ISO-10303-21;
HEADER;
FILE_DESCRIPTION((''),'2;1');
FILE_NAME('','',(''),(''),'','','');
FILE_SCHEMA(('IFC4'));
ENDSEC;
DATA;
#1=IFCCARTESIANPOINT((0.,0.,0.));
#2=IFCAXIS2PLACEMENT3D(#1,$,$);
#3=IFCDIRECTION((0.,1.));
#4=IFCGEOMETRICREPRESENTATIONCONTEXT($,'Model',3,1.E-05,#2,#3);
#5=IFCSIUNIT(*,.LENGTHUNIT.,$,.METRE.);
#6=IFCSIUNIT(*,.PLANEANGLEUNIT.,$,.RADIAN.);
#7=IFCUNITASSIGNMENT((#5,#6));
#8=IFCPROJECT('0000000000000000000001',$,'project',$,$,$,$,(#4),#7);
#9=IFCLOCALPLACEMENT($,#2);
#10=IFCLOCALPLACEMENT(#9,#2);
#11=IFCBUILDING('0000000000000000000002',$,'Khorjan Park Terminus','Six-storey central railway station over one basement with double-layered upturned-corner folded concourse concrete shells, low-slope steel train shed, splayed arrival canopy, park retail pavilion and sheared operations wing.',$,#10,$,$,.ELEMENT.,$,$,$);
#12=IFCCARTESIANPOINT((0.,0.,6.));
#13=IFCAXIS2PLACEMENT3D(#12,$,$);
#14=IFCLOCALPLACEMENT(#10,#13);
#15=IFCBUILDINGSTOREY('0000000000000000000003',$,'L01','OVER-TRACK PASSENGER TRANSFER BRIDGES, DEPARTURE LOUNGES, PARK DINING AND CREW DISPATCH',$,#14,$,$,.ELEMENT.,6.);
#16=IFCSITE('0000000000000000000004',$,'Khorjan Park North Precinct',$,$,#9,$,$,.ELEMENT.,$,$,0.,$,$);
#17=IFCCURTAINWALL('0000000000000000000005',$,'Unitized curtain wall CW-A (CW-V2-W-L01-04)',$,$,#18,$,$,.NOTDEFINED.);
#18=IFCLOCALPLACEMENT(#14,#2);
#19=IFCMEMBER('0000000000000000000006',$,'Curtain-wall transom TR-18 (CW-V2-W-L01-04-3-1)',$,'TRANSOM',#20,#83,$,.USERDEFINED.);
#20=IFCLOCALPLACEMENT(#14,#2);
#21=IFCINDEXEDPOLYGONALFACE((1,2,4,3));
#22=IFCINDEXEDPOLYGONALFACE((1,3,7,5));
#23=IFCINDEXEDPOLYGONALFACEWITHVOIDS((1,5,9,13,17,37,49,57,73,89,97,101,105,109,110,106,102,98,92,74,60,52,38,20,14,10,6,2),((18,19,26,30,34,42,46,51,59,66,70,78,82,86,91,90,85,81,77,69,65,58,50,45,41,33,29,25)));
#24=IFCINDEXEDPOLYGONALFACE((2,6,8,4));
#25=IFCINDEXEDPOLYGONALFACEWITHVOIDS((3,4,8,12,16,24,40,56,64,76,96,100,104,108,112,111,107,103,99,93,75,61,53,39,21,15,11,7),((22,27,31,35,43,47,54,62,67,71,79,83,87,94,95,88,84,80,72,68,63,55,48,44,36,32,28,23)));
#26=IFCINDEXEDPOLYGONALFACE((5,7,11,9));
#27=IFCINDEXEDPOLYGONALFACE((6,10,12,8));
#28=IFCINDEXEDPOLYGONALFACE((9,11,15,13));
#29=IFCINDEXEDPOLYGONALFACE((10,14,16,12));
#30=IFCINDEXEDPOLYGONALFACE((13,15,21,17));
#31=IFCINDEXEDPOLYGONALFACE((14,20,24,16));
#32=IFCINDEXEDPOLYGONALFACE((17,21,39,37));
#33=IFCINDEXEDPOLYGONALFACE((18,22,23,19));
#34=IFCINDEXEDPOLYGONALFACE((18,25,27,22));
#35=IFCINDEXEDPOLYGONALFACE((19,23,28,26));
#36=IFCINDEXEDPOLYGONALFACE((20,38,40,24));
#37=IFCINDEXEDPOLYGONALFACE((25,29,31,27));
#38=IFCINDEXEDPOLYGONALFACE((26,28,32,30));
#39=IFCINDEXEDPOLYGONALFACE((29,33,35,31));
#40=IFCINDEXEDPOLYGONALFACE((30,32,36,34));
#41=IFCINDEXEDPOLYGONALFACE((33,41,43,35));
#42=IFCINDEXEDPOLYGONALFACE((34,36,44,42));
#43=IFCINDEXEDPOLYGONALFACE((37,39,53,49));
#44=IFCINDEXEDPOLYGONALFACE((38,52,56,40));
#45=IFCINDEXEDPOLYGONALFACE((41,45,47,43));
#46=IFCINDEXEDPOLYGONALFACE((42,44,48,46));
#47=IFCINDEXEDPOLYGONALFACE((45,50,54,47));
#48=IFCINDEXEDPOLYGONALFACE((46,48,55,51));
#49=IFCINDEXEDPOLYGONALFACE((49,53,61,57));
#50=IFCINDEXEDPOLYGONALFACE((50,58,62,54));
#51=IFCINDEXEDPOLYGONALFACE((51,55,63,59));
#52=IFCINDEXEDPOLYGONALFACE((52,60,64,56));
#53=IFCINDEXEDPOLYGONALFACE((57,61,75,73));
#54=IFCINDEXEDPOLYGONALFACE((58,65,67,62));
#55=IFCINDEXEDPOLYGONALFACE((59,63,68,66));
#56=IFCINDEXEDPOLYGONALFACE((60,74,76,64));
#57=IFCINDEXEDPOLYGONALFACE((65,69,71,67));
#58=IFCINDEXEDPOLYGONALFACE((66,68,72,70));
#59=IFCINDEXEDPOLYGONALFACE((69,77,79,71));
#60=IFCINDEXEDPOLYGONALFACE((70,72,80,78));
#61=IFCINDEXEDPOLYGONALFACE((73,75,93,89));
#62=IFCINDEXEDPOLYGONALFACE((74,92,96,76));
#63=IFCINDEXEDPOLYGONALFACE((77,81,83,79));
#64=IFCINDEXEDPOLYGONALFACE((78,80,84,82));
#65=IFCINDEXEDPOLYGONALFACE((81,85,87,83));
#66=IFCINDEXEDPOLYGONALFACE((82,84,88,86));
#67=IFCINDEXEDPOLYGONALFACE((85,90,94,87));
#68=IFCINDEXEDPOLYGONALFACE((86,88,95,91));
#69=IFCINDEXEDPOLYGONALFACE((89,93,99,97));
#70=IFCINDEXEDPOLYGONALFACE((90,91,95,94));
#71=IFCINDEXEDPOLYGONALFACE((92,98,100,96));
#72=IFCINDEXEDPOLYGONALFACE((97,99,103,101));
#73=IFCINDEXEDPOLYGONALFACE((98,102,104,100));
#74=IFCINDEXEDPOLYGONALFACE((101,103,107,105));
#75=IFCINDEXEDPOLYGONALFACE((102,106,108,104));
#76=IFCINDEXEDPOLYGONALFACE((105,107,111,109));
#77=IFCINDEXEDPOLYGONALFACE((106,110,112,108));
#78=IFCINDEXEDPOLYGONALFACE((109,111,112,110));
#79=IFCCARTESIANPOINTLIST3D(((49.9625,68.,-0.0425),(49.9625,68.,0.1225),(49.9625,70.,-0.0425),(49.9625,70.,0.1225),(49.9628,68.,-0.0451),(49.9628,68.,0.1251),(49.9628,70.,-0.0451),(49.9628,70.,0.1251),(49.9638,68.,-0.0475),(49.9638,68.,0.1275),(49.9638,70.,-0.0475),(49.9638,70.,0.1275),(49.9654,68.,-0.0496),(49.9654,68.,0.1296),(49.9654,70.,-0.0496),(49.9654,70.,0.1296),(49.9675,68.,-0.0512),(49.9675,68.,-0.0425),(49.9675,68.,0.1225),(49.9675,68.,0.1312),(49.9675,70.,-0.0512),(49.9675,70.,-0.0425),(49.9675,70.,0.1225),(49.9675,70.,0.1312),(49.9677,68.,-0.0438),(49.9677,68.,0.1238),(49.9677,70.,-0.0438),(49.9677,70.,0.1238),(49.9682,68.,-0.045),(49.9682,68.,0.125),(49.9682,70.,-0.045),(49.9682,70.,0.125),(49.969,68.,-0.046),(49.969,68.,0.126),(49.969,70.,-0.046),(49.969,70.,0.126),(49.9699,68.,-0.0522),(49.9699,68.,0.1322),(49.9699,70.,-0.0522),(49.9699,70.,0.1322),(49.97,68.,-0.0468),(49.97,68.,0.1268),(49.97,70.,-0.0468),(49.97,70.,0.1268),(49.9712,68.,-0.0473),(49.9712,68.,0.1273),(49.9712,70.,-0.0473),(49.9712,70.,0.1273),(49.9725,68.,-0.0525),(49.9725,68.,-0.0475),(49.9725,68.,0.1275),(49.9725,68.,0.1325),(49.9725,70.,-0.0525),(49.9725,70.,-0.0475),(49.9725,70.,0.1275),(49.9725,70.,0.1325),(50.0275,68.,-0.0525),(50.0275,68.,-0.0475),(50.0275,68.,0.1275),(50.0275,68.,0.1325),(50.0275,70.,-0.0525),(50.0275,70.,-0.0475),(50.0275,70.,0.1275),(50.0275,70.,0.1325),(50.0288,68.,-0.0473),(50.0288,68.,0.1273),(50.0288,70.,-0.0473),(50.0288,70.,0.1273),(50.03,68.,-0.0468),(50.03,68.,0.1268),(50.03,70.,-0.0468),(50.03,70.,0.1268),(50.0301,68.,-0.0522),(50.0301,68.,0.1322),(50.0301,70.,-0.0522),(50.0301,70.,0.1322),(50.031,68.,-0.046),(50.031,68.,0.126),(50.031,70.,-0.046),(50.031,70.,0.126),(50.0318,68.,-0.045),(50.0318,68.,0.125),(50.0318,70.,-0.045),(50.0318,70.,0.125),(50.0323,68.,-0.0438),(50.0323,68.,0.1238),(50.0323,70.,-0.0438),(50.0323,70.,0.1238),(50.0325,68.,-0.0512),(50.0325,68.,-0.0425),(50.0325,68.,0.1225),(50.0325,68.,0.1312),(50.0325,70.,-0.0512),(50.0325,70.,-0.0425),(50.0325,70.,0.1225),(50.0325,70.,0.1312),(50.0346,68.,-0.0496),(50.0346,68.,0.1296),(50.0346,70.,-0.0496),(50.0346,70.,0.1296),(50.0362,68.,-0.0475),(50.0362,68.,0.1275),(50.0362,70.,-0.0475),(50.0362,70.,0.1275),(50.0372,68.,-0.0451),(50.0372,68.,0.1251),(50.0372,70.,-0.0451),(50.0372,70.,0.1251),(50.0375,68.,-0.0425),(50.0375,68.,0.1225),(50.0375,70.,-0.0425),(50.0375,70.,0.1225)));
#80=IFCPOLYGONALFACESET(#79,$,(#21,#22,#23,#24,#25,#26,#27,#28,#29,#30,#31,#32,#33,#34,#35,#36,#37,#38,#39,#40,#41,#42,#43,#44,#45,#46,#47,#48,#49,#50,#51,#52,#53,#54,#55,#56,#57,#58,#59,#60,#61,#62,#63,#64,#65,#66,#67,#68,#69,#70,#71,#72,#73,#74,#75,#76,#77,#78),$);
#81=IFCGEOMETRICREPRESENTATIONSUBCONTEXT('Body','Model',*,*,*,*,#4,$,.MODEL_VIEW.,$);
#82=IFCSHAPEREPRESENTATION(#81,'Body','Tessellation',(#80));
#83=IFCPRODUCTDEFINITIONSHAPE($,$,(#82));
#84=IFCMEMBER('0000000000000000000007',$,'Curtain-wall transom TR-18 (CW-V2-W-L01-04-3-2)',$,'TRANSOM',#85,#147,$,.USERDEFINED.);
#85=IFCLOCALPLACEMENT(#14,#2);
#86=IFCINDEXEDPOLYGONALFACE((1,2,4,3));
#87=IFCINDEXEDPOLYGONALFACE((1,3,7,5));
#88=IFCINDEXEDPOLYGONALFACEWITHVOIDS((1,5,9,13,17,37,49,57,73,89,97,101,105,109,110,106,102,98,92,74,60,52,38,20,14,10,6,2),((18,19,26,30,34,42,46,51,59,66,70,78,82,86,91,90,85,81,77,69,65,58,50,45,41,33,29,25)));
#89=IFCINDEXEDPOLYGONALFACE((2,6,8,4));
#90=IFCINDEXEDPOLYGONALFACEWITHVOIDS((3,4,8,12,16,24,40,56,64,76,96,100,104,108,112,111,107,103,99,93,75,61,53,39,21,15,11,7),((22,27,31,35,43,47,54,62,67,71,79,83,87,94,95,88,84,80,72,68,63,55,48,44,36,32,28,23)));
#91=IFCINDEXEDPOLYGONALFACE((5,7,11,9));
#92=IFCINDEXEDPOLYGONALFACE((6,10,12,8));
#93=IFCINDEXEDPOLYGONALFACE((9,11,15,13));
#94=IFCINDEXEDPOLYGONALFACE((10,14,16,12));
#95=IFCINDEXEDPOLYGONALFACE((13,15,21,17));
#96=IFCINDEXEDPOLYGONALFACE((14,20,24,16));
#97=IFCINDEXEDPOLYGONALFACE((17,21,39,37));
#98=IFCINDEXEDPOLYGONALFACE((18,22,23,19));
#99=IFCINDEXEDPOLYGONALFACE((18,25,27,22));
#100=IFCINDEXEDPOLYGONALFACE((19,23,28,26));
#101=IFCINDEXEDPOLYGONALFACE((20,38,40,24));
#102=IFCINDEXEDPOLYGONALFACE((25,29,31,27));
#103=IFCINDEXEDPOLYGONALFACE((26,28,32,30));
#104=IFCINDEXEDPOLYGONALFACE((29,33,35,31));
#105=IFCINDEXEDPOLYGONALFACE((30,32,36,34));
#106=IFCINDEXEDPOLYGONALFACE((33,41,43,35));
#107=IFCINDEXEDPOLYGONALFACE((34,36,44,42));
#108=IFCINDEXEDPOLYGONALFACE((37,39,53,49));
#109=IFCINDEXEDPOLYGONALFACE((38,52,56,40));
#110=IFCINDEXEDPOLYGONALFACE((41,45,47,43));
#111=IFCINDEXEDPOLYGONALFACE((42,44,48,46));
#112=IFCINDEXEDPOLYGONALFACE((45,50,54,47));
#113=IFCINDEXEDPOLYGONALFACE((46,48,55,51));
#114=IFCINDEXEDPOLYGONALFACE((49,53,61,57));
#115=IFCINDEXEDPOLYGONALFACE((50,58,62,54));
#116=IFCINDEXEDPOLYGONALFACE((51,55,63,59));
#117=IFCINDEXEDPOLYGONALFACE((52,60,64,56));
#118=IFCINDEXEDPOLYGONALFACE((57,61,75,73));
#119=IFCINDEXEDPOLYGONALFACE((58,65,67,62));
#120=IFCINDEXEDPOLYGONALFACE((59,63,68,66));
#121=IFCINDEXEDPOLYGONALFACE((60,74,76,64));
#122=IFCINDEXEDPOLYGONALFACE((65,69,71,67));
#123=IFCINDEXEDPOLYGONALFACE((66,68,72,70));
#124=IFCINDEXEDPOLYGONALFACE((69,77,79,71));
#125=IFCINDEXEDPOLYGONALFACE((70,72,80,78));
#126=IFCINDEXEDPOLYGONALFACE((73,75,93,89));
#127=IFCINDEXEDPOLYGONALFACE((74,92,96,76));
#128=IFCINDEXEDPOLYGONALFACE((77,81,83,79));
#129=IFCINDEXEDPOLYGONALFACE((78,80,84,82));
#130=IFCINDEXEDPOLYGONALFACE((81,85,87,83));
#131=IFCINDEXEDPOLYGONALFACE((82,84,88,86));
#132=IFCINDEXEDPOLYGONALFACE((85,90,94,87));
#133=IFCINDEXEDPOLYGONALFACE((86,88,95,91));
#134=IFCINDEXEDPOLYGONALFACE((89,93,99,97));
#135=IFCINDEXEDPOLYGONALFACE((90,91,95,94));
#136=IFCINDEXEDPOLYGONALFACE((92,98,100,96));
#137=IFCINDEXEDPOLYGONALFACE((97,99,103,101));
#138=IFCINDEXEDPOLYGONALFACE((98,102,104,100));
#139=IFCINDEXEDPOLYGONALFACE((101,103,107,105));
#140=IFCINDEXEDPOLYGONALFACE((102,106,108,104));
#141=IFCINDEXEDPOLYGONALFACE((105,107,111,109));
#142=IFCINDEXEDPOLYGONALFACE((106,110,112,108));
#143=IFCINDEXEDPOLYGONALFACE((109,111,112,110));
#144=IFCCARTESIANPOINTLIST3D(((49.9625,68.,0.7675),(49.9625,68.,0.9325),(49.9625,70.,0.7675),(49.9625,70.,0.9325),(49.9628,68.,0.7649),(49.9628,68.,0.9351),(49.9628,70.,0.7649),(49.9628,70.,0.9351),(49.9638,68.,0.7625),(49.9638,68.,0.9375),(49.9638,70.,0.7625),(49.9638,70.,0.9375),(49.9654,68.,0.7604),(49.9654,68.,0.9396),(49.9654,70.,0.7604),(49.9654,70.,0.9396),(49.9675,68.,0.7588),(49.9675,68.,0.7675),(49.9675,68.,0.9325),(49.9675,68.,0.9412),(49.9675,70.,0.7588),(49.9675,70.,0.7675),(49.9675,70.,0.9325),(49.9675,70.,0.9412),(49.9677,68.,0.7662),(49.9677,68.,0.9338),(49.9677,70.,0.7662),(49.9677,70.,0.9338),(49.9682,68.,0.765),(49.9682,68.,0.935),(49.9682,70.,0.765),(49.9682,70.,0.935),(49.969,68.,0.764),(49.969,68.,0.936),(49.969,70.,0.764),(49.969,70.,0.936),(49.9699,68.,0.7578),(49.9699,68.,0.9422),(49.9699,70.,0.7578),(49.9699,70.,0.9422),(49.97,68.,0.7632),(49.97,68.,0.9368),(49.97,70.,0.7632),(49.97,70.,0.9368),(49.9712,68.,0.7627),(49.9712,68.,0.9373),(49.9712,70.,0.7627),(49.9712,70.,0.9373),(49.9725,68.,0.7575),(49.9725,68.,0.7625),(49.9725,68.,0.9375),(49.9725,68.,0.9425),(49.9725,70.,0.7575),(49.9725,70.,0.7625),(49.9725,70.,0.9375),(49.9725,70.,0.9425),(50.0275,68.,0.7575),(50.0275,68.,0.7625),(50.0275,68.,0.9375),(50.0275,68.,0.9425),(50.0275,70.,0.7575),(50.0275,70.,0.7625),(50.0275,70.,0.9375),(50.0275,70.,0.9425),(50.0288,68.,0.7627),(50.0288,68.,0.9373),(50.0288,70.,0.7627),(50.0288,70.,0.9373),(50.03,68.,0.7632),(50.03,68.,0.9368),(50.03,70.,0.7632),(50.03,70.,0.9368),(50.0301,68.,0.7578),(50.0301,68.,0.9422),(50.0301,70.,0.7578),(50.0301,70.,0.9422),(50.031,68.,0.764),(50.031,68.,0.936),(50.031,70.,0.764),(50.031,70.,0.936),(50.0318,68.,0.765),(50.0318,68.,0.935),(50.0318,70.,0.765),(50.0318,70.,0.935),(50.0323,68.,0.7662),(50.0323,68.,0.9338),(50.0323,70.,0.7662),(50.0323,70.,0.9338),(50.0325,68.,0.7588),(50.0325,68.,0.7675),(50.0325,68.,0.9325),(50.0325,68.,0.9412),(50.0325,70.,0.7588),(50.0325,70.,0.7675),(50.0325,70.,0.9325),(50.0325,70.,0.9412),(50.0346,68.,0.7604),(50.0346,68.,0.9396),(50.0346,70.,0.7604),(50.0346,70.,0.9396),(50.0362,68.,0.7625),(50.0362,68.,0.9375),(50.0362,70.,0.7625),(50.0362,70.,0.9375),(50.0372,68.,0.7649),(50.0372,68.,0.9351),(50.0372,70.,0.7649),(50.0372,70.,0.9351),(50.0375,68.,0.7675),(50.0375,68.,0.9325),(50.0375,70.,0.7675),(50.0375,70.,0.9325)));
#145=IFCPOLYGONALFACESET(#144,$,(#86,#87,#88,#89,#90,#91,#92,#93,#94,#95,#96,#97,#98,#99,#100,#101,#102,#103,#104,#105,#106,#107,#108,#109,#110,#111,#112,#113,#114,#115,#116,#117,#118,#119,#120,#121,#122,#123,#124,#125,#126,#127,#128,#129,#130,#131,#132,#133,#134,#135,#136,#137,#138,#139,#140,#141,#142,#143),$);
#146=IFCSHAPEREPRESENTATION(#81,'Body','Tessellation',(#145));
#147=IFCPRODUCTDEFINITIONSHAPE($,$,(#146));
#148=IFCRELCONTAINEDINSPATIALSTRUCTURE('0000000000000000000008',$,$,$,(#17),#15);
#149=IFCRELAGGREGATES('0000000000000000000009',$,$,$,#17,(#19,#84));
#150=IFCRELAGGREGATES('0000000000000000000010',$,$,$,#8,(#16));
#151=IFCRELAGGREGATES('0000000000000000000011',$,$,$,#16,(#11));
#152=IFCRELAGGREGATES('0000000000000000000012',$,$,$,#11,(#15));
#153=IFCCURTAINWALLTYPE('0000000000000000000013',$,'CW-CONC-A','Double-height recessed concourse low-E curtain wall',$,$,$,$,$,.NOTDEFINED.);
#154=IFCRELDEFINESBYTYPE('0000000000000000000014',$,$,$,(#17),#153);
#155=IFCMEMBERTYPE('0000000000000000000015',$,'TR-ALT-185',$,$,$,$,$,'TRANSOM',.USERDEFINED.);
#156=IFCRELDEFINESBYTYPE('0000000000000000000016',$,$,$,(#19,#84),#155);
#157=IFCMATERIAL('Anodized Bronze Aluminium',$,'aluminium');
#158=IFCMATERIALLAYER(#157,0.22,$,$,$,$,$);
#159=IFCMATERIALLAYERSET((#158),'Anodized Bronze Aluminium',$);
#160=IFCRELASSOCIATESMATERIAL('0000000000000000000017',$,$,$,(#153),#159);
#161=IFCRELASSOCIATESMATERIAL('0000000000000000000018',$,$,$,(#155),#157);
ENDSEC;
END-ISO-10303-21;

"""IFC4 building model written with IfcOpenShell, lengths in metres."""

from ifc_helpers import new_model, si_unit, direction, frame, origin, origin_2d, place, context, subcontext, project, spatial, hollow_rectangle, extrude, material, layer, layer_set, material_profile, profile_set, type_object, element, aggregate, save


model = new_model("IFC4")

# Units and contexts
model_context = context("Model", 3, precision=1e-05, world=origin(), true_north=direction((0.0, 1.0)))
body_context = subcontext(model_context, "Body", "Model", "MODEL_VIEW")
ifc_project = project(units=[si_unit("LENGTHUNIT", "METRE"), si_unit("PLANEANGLEUNIT", "RADIAN")], contexts=[model_context])

# Site, building, storey
site_placement = place(None, origin())
site = spatial("IfcSite", under=ifc_project, at=site_placement, Name="Khorjan Park North Precinct", CompositionType="ELEMENT", RefElevation=0.0)
building_placement = place(site_placement, origin())
building = spatial("IfcBuilding", under=site, at=building_placement, Name="Khorjan Park Terminus", Description="Six-storey central railway station over one basement with double-layered upturned-corner folded concourse concrete shells, low-slope steel train shed, splayed arrival canopy, park retail pavilion and sheared operations wing.", CompositionType="ELEMENT")
storey_placement = place(building_placement, frame((0.0, 0.0, 6.0)))
storey = spatial("IfcBuildingStorey", under=building, at=storey_placement, Name="L01", Description="OVER-TRACK PASSENGER TRANSFER BRIDGES, DEPARTURE LOUNGES, PARK DINING AND CREW DISPATCH", CompositionType="ELEMENT", Elevation=6.0)

# Curtain wall, members
ifc_material_1 = material(Name="Anodized Bronze Aluminium", Category="aluminium")
ifc_layer_1 = layer(ifc_material_1, 0.22)
ifc_layer_set_1 = layer_set([ifc_layer_1], Name="Anodized Bronze Aluminium")
curtain_wall_type = type_object("IfcCurtainWallType", Name="CW-CONC-A", Description="Double-height recessed concourse low-E curtain wall", PredefinedType="NOTDEFINED", material=ifc_layer_set_1)
curtain_wall_placement = place(storey_placement, origin())
curtain_wall = element("IfcCurtainWall", 1, at=curtain_wall_placement, inside=storey, type_object=curtain_wall_type, Name="Unitized curtain wall CW-A (CW-V2-W-L01-04)", PredefinedType="NOTDEFINED")
ifc_material_profile_1 = material_profile(ifc_material_1, hollow_rectangle(XDim=0.075, YDim=0.185, WallThickness=0.005, InnerFilletRadius=0.005, OuterFilletRadius=0.01, at=origin_2d()), Name="ALT 75x185x5")
ifc_profile_set_1 = profile_set([ifc_material_profile_1], Name="Anodized Bronze Aluminium")
member_type_1 = type_object("IfcMemberType", Name="TR-ALT-185", ElementType="TRANSOM", PredefinedType="USERDEFINED", material=ifc_profile_set_1)
member_1_placement = place(storey_placement, frame((50.0, 70.0, 0.04), z_axis=(0.0, -1.0, 0.0), x_axis=(1.0, 0.0, 0.0)))
member_1 = element("IfcMember", 2, at=member_1_placement, type_object=member_type_1, Name="Curtain-wall transom TR-18 (CW-V2-W-L01-04-3-1)", ObjectType="TRANSOM", PredefinedType="USERDEFINED", context=body_context, shape_type="SweptSolid", body=[
    extrude(hollow_rectangle(XDim=0.075, YDim=0.185, WallThickness=0.005, InnerFilletRadius=0.005, OuterFilletRadius=0.01, at=origin_2d()), origin(), (0.0, 0.0, 1.0), 2.0),
])
member_2_placement = place(storey_placement, frame((50.0, 70.0, 0.85), z_axis=(0.0, -1.0, 0.0), x_axis=(1.0, 0.0, 0.0)))
member_2 = element("IfcMember", 3, at=member_2_placement, type_object=member_type_1, Name="Curtain-wall transom TR-18 (CW-V2-W-L01-04-3-2)", ObjectType="TRANSOM", PredefinedType="USERDEFINED", context=body_context, shape_type="SweptSolid", body=[
    extrude(hollow_rectangle(XDim=0.075, YDim=0.185, WallThickness=0.005, InnerFilletRadius=0.005, OuterFilletRadius=0.01, at=origin_2d()), origin(), (0.0, 0.0, 1.0), 2.0),
])
aggregate(curtain_wall, [member_1, member_2])

save(model, "model.ifc")
